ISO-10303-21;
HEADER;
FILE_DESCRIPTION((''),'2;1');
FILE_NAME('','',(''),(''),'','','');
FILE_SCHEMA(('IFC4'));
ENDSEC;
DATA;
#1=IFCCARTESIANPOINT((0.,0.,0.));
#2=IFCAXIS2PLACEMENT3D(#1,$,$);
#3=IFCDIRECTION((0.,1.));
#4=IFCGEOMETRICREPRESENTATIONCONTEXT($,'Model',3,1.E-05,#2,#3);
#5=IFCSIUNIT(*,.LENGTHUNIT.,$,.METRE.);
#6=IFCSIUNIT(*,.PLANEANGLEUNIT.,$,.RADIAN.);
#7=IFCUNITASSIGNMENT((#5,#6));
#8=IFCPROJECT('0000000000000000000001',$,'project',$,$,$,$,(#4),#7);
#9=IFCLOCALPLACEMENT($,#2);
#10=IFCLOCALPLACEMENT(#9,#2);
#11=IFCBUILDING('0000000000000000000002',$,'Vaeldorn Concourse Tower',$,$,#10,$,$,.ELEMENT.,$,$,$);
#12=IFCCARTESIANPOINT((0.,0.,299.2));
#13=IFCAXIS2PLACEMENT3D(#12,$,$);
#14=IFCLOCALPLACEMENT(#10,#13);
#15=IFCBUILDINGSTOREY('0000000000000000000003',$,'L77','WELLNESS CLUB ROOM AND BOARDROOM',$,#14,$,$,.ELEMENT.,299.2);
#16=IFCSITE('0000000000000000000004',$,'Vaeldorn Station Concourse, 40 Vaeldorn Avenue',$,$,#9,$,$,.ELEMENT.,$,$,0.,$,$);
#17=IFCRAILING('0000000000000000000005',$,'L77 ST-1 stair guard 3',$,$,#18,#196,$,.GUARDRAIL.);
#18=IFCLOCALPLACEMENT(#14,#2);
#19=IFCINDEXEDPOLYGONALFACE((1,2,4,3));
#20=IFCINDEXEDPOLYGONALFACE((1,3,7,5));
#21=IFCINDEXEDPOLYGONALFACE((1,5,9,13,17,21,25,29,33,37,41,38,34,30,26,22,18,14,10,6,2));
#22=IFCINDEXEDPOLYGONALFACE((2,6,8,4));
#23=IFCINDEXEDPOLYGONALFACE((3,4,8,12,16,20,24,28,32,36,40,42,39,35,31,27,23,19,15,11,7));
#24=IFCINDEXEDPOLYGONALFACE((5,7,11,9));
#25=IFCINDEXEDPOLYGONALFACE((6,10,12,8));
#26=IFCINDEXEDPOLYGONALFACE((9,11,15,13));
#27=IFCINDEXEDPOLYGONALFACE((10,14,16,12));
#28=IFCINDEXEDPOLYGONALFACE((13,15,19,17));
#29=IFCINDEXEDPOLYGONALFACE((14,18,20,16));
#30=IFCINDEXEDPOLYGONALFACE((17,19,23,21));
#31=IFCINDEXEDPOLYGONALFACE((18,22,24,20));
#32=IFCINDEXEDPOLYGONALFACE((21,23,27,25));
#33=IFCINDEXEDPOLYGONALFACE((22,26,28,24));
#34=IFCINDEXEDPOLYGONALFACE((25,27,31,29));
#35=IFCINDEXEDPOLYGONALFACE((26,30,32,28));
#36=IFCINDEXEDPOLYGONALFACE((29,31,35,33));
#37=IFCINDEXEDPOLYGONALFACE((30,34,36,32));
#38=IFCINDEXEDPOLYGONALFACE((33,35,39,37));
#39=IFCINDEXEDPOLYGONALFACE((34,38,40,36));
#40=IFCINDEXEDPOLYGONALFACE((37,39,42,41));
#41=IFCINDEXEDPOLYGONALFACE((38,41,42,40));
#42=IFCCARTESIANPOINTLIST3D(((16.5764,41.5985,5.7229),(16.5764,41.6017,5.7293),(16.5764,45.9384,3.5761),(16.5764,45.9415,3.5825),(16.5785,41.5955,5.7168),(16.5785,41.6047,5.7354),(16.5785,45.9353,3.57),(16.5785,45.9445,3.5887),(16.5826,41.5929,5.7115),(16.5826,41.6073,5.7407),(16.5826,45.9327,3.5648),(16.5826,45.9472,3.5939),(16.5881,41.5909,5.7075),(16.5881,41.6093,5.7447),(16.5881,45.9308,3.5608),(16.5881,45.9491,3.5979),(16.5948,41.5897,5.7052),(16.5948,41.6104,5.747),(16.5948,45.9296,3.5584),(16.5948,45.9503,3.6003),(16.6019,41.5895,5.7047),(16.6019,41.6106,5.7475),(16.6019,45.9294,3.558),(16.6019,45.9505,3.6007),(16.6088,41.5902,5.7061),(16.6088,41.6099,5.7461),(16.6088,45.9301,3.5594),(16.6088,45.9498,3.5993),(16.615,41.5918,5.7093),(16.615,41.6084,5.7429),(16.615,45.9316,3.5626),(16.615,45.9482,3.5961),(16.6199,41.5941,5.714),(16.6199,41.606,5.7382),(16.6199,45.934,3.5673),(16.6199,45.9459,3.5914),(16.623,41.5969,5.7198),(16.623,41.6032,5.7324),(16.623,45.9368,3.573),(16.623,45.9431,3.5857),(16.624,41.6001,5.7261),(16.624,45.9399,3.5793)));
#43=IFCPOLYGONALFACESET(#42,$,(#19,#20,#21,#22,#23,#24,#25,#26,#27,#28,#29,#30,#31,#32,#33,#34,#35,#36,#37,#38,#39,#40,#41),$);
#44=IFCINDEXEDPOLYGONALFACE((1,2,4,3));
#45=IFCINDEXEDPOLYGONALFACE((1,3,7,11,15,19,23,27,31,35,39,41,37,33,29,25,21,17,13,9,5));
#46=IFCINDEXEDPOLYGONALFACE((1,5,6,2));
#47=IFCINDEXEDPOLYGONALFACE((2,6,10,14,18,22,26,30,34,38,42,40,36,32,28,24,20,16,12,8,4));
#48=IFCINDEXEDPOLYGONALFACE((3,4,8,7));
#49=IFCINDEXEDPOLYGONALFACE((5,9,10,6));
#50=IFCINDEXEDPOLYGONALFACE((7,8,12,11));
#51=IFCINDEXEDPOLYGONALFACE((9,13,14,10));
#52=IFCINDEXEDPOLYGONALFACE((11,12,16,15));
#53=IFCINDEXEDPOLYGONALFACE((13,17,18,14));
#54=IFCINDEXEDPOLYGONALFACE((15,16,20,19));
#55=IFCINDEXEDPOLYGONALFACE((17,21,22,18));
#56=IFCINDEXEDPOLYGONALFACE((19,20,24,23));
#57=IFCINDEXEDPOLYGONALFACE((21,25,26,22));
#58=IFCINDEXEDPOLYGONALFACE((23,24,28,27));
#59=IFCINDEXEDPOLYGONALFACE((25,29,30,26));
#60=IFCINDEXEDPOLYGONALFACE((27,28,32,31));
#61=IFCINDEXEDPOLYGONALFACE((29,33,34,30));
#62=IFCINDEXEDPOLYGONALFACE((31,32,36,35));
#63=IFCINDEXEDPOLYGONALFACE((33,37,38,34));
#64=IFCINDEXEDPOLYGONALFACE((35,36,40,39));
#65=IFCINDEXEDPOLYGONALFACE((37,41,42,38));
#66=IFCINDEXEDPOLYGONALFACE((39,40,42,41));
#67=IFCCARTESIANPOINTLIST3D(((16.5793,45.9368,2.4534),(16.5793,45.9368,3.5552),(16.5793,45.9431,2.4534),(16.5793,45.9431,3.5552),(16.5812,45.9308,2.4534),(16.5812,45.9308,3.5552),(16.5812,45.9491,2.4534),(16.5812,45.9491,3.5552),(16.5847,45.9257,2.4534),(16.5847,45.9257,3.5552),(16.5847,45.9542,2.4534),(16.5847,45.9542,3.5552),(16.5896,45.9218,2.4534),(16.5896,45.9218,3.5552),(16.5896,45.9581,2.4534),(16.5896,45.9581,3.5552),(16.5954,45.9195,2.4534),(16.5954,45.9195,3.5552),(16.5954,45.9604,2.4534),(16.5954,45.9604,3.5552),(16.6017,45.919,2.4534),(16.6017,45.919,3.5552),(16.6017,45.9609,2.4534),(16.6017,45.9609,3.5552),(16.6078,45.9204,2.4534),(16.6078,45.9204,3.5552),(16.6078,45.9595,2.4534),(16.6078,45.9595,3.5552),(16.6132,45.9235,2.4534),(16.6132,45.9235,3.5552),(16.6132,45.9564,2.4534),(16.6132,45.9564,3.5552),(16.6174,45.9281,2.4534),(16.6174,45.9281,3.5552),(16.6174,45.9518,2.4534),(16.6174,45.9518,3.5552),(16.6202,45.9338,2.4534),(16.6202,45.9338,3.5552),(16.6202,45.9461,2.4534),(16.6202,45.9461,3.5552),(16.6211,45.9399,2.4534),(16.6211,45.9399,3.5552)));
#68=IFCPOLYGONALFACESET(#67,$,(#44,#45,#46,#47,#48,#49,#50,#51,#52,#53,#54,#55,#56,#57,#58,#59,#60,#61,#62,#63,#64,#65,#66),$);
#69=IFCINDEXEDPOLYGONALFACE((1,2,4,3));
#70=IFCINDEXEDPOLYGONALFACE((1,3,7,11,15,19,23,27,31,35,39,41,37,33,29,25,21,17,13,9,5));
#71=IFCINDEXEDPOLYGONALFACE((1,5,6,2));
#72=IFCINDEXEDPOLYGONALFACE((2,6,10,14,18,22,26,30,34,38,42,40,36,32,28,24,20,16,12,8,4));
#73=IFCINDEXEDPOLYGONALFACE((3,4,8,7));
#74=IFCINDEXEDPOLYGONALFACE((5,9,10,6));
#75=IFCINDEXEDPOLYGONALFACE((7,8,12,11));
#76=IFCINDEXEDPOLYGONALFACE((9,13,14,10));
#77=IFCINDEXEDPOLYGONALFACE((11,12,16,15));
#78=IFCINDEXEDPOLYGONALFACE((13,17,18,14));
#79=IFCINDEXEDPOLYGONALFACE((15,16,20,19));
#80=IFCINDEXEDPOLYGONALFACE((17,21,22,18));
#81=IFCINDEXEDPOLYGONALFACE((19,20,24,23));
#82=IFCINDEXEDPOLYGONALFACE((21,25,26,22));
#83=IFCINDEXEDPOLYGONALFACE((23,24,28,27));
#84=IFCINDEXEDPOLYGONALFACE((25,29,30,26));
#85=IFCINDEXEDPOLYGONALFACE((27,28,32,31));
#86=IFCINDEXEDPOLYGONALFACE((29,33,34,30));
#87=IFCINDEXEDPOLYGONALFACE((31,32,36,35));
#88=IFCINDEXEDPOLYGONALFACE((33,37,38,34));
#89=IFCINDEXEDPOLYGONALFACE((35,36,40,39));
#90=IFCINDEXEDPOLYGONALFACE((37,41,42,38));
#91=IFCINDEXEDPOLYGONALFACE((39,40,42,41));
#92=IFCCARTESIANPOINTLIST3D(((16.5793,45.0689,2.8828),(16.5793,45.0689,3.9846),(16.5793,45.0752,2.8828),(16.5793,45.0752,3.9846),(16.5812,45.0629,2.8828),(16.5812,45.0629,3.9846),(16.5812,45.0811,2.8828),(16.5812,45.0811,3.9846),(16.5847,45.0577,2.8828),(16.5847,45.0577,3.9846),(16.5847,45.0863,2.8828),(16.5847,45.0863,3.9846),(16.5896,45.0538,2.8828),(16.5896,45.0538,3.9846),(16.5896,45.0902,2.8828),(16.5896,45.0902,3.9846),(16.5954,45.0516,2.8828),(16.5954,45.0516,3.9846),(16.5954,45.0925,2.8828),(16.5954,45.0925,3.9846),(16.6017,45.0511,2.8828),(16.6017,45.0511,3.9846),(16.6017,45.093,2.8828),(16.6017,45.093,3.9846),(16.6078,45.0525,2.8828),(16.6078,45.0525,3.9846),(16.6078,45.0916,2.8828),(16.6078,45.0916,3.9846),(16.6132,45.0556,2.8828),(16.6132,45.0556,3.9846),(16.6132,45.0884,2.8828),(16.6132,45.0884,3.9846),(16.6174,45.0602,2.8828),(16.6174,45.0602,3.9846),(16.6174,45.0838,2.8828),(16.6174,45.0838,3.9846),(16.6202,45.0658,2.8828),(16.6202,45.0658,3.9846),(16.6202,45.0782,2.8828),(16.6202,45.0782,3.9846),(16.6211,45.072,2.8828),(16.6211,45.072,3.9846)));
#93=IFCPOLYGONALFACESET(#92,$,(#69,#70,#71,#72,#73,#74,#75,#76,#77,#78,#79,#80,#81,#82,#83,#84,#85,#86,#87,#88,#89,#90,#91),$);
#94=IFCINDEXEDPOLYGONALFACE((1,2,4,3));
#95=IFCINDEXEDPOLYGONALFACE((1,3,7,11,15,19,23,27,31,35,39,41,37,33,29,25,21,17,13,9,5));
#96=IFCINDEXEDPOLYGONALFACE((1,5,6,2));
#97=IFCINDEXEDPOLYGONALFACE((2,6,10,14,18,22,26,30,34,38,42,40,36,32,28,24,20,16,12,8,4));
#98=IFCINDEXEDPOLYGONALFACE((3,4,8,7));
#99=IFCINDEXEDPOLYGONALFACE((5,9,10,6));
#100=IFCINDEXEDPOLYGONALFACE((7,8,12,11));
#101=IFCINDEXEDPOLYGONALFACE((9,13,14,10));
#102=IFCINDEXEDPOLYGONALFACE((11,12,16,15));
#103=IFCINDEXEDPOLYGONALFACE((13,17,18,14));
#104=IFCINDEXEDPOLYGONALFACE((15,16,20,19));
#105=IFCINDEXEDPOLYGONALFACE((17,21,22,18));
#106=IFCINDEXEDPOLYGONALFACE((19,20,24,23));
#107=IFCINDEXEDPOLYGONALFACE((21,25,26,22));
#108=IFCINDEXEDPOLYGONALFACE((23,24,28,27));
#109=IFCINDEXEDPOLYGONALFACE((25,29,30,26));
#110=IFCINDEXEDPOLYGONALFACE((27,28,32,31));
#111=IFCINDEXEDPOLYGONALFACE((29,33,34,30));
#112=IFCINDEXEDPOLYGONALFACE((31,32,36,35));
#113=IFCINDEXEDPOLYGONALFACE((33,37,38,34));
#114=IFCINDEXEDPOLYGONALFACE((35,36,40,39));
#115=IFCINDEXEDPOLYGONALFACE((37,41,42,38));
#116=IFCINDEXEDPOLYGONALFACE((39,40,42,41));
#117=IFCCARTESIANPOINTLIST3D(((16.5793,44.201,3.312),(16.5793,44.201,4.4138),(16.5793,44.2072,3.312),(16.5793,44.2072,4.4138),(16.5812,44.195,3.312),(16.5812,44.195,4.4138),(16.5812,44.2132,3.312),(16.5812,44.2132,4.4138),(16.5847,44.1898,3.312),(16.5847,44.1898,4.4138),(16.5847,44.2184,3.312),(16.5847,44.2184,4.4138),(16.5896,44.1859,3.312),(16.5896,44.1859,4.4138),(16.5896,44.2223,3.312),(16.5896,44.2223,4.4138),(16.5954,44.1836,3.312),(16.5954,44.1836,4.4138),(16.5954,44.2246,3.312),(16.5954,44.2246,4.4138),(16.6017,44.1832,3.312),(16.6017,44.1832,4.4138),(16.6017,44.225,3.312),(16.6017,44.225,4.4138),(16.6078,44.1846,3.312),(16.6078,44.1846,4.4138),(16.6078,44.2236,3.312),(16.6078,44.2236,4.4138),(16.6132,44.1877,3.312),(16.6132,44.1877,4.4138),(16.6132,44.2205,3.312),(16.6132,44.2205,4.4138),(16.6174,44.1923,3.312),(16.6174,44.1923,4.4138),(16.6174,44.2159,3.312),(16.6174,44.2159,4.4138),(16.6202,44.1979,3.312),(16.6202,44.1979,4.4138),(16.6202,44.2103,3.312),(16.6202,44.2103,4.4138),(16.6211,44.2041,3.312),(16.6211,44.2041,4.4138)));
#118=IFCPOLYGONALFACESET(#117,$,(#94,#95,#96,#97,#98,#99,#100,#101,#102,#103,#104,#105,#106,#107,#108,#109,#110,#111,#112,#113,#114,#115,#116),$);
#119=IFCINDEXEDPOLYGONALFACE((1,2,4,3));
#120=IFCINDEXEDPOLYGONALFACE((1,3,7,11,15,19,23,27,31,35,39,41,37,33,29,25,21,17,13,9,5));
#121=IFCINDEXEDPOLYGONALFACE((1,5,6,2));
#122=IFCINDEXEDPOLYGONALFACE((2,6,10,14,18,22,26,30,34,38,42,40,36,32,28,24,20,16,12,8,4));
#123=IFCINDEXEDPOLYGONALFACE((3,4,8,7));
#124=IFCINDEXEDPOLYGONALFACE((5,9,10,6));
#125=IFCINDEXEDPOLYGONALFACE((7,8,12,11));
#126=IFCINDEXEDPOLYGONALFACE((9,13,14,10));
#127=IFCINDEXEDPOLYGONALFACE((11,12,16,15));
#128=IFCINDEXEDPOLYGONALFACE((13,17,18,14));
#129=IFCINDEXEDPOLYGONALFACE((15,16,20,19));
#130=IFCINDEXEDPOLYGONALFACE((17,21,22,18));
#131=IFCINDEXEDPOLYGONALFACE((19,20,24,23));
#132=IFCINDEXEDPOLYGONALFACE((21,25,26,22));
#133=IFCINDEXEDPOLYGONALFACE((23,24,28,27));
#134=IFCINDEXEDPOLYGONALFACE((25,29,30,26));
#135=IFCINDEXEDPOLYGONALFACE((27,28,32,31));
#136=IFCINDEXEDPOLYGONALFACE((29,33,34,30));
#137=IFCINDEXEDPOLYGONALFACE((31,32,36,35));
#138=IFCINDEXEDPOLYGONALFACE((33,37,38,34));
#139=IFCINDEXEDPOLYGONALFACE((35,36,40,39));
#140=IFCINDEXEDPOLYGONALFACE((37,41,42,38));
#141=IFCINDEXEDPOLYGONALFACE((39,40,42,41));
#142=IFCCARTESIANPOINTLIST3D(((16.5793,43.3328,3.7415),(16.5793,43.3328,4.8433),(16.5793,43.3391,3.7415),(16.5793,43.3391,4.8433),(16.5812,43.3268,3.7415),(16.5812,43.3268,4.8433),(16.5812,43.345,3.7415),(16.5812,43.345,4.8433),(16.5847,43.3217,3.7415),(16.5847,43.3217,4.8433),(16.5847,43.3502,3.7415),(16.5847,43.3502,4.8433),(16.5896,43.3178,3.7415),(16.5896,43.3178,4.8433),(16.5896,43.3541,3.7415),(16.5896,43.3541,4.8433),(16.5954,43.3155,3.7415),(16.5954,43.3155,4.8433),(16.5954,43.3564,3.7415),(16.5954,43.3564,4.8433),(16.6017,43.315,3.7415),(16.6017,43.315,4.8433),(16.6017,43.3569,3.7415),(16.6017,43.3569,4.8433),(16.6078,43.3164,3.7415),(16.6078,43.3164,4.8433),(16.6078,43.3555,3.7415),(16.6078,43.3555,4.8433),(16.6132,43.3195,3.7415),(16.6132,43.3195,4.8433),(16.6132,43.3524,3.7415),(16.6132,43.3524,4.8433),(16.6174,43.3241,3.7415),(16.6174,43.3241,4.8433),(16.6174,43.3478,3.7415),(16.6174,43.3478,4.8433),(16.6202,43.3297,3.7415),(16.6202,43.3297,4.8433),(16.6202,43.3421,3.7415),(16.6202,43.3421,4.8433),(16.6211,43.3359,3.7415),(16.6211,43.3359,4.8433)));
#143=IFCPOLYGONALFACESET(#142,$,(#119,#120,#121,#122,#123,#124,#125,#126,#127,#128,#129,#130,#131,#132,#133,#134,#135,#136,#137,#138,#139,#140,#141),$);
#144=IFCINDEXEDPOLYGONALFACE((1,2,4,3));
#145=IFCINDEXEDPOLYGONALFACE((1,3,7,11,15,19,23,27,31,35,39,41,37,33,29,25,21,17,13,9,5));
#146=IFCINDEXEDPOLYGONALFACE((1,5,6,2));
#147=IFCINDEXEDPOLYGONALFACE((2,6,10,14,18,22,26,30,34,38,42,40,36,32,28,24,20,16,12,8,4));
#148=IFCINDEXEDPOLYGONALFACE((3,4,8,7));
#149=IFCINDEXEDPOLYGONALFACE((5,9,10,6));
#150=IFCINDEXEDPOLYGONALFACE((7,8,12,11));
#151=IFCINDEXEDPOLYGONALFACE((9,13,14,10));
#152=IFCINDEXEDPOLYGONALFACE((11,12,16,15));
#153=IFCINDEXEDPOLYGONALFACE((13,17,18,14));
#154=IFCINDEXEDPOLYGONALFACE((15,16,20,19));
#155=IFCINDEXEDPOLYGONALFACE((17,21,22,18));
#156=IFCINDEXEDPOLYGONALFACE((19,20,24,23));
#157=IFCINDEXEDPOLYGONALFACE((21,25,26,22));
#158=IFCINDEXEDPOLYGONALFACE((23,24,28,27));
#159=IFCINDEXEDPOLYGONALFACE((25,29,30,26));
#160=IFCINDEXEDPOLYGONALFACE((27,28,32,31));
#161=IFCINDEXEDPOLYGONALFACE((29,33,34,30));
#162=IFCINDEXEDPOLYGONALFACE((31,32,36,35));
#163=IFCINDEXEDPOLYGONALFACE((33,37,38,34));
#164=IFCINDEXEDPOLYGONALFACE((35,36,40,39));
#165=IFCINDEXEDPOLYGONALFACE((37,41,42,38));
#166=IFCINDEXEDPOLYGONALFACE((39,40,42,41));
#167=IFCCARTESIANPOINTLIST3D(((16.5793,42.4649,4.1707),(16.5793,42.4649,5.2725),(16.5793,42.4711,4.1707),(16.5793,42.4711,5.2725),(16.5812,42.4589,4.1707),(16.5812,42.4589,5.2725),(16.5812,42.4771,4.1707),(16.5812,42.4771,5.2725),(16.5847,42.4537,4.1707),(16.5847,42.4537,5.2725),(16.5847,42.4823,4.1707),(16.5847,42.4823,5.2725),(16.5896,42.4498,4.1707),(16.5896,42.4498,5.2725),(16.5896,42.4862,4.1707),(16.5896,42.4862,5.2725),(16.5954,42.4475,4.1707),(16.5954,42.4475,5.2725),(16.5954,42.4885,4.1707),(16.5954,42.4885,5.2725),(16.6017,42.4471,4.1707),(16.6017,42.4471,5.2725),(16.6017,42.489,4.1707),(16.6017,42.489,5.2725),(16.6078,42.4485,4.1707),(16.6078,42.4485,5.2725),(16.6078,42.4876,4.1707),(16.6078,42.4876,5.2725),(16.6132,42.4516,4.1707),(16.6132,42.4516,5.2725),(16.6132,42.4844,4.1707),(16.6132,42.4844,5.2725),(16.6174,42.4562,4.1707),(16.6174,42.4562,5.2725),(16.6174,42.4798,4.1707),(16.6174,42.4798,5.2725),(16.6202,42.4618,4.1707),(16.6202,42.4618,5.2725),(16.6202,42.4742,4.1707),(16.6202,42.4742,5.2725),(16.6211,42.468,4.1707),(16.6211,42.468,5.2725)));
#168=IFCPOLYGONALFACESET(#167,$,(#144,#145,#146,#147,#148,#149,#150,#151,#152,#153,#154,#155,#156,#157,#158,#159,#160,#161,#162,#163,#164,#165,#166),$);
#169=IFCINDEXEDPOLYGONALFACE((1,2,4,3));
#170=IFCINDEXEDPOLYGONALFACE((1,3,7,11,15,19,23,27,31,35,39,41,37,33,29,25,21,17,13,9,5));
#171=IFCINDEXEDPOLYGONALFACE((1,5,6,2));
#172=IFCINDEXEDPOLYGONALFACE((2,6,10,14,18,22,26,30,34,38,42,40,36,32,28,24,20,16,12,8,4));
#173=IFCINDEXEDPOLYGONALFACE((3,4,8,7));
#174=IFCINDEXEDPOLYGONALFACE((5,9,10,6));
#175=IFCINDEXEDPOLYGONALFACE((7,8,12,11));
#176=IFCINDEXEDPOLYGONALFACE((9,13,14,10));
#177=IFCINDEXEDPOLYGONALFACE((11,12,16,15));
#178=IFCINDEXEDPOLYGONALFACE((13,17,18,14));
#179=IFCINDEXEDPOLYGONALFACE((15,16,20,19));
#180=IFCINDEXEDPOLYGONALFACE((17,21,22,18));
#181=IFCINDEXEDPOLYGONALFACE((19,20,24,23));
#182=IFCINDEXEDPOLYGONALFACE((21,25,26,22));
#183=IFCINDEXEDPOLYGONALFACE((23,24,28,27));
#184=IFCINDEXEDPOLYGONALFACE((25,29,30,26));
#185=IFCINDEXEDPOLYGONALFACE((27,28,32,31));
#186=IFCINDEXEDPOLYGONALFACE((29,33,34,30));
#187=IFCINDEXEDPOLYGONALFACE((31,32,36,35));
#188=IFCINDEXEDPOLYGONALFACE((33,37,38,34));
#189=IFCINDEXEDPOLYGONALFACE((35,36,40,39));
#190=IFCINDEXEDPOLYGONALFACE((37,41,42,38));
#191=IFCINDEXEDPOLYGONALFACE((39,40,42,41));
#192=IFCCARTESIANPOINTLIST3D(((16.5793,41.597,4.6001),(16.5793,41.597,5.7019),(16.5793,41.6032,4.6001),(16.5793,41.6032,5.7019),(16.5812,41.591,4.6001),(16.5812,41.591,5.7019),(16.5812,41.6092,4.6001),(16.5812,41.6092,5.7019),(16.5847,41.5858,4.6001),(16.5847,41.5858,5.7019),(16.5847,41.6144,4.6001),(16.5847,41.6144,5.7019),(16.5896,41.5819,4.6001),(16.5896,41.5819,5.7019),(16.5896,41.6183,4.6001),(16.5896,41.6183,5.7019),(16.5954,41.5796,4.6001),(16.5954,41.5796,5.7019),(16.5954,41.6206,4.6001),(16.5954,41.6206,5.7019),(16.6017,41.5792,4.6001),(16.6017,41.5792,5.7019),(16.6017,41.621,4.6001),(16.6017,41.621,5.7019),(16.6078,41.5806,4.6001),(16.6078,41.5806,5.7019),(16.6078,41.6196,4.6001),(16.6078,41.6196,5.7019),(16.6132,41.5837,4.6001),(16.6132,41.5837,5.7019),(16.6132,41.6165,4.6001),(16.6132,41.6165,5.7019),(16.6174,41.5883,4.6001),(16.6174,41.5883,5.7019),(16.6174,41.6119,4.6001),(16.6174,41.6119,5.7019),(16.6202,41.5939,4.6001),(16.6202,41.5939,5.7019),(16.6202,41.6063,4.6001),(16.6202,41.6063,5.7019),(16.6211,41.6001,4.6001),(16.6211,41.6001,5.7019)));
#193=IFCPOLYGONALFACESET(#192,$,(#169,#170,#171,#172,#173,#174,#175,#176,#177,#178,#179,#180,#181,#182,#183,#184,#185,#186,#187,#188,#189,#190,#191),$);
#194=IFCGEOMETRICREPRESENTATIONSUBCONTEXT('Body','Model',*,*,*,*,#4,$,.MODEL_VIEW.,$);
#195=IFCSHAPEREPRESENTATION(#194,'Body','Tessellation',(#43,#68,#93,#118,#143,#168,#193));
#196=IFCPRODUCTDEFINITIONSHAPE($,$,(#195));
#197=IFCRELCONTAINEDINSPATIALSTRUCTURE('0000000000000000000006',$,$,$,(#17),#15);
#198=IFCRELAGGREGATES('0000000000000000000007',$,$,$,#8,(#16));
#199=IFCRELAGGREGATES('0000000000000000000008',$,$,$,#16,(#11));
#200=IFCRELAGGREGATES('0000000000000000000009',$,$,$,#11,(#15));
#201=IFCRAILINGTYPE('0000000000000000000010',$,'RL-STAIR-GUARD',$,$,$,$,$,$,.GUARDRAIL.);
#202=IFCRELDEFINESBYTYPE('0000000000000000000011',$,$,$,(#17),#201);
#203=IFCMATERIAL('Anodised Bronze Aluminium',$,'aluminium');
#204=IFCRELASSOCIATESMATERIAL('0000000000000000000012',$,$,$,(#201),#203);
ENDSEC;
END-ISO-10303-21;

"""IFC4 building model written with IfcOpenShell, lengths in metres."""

from ifc_helpers import new_model, si_unit, direction, frame, origin, origin_2d, place, context, subcontext, project, spatial, circle, extrude, material, type_object, element, save


model = new_model("IFC4")

# Units and contexts
model_context = context("Model", 3, precision=1e-05, world=origin(), true_north=direction((0.0, 1.0)))
body_context = subcontext(model_context, "Body", "Model", "MODEL_VIEW")
ifc_project = project(units=[si_unit("LENGTHUNIT", "METRE"), si_unit("PLANEANGLEUNIT", "RADIAN")], contexts=[model_context])

# Site, building, storey
site_placement = place(None, origin())
site = spatial("IfcSite", under=ifc_project, at=site_placement, Name="Vaeldorn Station Concourse, 40 Vaeldorn Avenue", CompositionType="ELEMENT", RefElevation=0.0)
building_placement = place(site_placement, origin())
building = spatial("IfcBuilding", under=site, at=building_placement, Name="Vaeldorn Concourse Tower", CompositionType="ELEMENT")
storey_placement = place(building_placement, frame((0.0, 0.0, 299.2)))
storey = spatial("IfcBuildingStorey", under=building, at=storey_placement, Name="L77", Description="WELLNESS CLUB ROOM AND BOARDROOM", CompositionType="ELEMENT", Elevation=299.2)

# Shared definitions
ifc_material_1 = material(Name="Anodised Bronze Aluminium", Category="aluminium")

# Railing
railing_type_1 = type_object("IfcRailingType", Name="RL-STAIR-GUARD", PredefinedType="GUARDRAIL", material=ifc_material_1)
railing_1_placement = place(storey_placement, frame((16.6001, 45.9399, 2.4534)))
element("IfcRailing", 1, at=railing_1_placement, inside=storey, type_object=railing_type_1, Name="L77 ST-1 stair guard 3", PredefinedType="GUARDRAIL", context=body_context, shape_type="SweptSolid", body=[
    extrude(circle(Radius=0.0239, at=origin_2d()), frame((0.0, 0.0, 1.126), z_axis=(0.0, -0.896335, 0.443377), x_axis=(1.0, 0.0, 0.0)), (0.0, 0.0, 1.0), 4.8418),
    extrude(circle(Radius=0.021, at=origin_2d()), origin(), (0.0, 0.0, 1.0), 1.1018),
    extrude(circle(Radius=0.021, at=origin_2d()), frame((0.0, -0.8679, 0.4294)), (0.0, 0.0, 1.0), 1.1018),
    extrude(circle(Radius=0.021, at=origin_2d()), frame((0.0, -1.7358, 0.8586)), (0.0, 0.0, 1.0), 1.1018),
    extrude(circle(Radius=0.021, at=origin_2d()), frame((0.0, -2.604, 1.2881)), (0.0, 0.0, 1.0), 1.1018),
    extrude(circle(Radius=0.021, at=origin_2d()), frame((0.0, -3.4719, 1.7173)), (0.0, 0.0, 1.0), 1.1018),
    extrude(circle(Radius=0.021, at=origin_2d()), frame((0.0, -4.3398, 2.1467)), (0.0, 0.0, 1.0), 1.1018),
])

save(model, "model.ifc")
